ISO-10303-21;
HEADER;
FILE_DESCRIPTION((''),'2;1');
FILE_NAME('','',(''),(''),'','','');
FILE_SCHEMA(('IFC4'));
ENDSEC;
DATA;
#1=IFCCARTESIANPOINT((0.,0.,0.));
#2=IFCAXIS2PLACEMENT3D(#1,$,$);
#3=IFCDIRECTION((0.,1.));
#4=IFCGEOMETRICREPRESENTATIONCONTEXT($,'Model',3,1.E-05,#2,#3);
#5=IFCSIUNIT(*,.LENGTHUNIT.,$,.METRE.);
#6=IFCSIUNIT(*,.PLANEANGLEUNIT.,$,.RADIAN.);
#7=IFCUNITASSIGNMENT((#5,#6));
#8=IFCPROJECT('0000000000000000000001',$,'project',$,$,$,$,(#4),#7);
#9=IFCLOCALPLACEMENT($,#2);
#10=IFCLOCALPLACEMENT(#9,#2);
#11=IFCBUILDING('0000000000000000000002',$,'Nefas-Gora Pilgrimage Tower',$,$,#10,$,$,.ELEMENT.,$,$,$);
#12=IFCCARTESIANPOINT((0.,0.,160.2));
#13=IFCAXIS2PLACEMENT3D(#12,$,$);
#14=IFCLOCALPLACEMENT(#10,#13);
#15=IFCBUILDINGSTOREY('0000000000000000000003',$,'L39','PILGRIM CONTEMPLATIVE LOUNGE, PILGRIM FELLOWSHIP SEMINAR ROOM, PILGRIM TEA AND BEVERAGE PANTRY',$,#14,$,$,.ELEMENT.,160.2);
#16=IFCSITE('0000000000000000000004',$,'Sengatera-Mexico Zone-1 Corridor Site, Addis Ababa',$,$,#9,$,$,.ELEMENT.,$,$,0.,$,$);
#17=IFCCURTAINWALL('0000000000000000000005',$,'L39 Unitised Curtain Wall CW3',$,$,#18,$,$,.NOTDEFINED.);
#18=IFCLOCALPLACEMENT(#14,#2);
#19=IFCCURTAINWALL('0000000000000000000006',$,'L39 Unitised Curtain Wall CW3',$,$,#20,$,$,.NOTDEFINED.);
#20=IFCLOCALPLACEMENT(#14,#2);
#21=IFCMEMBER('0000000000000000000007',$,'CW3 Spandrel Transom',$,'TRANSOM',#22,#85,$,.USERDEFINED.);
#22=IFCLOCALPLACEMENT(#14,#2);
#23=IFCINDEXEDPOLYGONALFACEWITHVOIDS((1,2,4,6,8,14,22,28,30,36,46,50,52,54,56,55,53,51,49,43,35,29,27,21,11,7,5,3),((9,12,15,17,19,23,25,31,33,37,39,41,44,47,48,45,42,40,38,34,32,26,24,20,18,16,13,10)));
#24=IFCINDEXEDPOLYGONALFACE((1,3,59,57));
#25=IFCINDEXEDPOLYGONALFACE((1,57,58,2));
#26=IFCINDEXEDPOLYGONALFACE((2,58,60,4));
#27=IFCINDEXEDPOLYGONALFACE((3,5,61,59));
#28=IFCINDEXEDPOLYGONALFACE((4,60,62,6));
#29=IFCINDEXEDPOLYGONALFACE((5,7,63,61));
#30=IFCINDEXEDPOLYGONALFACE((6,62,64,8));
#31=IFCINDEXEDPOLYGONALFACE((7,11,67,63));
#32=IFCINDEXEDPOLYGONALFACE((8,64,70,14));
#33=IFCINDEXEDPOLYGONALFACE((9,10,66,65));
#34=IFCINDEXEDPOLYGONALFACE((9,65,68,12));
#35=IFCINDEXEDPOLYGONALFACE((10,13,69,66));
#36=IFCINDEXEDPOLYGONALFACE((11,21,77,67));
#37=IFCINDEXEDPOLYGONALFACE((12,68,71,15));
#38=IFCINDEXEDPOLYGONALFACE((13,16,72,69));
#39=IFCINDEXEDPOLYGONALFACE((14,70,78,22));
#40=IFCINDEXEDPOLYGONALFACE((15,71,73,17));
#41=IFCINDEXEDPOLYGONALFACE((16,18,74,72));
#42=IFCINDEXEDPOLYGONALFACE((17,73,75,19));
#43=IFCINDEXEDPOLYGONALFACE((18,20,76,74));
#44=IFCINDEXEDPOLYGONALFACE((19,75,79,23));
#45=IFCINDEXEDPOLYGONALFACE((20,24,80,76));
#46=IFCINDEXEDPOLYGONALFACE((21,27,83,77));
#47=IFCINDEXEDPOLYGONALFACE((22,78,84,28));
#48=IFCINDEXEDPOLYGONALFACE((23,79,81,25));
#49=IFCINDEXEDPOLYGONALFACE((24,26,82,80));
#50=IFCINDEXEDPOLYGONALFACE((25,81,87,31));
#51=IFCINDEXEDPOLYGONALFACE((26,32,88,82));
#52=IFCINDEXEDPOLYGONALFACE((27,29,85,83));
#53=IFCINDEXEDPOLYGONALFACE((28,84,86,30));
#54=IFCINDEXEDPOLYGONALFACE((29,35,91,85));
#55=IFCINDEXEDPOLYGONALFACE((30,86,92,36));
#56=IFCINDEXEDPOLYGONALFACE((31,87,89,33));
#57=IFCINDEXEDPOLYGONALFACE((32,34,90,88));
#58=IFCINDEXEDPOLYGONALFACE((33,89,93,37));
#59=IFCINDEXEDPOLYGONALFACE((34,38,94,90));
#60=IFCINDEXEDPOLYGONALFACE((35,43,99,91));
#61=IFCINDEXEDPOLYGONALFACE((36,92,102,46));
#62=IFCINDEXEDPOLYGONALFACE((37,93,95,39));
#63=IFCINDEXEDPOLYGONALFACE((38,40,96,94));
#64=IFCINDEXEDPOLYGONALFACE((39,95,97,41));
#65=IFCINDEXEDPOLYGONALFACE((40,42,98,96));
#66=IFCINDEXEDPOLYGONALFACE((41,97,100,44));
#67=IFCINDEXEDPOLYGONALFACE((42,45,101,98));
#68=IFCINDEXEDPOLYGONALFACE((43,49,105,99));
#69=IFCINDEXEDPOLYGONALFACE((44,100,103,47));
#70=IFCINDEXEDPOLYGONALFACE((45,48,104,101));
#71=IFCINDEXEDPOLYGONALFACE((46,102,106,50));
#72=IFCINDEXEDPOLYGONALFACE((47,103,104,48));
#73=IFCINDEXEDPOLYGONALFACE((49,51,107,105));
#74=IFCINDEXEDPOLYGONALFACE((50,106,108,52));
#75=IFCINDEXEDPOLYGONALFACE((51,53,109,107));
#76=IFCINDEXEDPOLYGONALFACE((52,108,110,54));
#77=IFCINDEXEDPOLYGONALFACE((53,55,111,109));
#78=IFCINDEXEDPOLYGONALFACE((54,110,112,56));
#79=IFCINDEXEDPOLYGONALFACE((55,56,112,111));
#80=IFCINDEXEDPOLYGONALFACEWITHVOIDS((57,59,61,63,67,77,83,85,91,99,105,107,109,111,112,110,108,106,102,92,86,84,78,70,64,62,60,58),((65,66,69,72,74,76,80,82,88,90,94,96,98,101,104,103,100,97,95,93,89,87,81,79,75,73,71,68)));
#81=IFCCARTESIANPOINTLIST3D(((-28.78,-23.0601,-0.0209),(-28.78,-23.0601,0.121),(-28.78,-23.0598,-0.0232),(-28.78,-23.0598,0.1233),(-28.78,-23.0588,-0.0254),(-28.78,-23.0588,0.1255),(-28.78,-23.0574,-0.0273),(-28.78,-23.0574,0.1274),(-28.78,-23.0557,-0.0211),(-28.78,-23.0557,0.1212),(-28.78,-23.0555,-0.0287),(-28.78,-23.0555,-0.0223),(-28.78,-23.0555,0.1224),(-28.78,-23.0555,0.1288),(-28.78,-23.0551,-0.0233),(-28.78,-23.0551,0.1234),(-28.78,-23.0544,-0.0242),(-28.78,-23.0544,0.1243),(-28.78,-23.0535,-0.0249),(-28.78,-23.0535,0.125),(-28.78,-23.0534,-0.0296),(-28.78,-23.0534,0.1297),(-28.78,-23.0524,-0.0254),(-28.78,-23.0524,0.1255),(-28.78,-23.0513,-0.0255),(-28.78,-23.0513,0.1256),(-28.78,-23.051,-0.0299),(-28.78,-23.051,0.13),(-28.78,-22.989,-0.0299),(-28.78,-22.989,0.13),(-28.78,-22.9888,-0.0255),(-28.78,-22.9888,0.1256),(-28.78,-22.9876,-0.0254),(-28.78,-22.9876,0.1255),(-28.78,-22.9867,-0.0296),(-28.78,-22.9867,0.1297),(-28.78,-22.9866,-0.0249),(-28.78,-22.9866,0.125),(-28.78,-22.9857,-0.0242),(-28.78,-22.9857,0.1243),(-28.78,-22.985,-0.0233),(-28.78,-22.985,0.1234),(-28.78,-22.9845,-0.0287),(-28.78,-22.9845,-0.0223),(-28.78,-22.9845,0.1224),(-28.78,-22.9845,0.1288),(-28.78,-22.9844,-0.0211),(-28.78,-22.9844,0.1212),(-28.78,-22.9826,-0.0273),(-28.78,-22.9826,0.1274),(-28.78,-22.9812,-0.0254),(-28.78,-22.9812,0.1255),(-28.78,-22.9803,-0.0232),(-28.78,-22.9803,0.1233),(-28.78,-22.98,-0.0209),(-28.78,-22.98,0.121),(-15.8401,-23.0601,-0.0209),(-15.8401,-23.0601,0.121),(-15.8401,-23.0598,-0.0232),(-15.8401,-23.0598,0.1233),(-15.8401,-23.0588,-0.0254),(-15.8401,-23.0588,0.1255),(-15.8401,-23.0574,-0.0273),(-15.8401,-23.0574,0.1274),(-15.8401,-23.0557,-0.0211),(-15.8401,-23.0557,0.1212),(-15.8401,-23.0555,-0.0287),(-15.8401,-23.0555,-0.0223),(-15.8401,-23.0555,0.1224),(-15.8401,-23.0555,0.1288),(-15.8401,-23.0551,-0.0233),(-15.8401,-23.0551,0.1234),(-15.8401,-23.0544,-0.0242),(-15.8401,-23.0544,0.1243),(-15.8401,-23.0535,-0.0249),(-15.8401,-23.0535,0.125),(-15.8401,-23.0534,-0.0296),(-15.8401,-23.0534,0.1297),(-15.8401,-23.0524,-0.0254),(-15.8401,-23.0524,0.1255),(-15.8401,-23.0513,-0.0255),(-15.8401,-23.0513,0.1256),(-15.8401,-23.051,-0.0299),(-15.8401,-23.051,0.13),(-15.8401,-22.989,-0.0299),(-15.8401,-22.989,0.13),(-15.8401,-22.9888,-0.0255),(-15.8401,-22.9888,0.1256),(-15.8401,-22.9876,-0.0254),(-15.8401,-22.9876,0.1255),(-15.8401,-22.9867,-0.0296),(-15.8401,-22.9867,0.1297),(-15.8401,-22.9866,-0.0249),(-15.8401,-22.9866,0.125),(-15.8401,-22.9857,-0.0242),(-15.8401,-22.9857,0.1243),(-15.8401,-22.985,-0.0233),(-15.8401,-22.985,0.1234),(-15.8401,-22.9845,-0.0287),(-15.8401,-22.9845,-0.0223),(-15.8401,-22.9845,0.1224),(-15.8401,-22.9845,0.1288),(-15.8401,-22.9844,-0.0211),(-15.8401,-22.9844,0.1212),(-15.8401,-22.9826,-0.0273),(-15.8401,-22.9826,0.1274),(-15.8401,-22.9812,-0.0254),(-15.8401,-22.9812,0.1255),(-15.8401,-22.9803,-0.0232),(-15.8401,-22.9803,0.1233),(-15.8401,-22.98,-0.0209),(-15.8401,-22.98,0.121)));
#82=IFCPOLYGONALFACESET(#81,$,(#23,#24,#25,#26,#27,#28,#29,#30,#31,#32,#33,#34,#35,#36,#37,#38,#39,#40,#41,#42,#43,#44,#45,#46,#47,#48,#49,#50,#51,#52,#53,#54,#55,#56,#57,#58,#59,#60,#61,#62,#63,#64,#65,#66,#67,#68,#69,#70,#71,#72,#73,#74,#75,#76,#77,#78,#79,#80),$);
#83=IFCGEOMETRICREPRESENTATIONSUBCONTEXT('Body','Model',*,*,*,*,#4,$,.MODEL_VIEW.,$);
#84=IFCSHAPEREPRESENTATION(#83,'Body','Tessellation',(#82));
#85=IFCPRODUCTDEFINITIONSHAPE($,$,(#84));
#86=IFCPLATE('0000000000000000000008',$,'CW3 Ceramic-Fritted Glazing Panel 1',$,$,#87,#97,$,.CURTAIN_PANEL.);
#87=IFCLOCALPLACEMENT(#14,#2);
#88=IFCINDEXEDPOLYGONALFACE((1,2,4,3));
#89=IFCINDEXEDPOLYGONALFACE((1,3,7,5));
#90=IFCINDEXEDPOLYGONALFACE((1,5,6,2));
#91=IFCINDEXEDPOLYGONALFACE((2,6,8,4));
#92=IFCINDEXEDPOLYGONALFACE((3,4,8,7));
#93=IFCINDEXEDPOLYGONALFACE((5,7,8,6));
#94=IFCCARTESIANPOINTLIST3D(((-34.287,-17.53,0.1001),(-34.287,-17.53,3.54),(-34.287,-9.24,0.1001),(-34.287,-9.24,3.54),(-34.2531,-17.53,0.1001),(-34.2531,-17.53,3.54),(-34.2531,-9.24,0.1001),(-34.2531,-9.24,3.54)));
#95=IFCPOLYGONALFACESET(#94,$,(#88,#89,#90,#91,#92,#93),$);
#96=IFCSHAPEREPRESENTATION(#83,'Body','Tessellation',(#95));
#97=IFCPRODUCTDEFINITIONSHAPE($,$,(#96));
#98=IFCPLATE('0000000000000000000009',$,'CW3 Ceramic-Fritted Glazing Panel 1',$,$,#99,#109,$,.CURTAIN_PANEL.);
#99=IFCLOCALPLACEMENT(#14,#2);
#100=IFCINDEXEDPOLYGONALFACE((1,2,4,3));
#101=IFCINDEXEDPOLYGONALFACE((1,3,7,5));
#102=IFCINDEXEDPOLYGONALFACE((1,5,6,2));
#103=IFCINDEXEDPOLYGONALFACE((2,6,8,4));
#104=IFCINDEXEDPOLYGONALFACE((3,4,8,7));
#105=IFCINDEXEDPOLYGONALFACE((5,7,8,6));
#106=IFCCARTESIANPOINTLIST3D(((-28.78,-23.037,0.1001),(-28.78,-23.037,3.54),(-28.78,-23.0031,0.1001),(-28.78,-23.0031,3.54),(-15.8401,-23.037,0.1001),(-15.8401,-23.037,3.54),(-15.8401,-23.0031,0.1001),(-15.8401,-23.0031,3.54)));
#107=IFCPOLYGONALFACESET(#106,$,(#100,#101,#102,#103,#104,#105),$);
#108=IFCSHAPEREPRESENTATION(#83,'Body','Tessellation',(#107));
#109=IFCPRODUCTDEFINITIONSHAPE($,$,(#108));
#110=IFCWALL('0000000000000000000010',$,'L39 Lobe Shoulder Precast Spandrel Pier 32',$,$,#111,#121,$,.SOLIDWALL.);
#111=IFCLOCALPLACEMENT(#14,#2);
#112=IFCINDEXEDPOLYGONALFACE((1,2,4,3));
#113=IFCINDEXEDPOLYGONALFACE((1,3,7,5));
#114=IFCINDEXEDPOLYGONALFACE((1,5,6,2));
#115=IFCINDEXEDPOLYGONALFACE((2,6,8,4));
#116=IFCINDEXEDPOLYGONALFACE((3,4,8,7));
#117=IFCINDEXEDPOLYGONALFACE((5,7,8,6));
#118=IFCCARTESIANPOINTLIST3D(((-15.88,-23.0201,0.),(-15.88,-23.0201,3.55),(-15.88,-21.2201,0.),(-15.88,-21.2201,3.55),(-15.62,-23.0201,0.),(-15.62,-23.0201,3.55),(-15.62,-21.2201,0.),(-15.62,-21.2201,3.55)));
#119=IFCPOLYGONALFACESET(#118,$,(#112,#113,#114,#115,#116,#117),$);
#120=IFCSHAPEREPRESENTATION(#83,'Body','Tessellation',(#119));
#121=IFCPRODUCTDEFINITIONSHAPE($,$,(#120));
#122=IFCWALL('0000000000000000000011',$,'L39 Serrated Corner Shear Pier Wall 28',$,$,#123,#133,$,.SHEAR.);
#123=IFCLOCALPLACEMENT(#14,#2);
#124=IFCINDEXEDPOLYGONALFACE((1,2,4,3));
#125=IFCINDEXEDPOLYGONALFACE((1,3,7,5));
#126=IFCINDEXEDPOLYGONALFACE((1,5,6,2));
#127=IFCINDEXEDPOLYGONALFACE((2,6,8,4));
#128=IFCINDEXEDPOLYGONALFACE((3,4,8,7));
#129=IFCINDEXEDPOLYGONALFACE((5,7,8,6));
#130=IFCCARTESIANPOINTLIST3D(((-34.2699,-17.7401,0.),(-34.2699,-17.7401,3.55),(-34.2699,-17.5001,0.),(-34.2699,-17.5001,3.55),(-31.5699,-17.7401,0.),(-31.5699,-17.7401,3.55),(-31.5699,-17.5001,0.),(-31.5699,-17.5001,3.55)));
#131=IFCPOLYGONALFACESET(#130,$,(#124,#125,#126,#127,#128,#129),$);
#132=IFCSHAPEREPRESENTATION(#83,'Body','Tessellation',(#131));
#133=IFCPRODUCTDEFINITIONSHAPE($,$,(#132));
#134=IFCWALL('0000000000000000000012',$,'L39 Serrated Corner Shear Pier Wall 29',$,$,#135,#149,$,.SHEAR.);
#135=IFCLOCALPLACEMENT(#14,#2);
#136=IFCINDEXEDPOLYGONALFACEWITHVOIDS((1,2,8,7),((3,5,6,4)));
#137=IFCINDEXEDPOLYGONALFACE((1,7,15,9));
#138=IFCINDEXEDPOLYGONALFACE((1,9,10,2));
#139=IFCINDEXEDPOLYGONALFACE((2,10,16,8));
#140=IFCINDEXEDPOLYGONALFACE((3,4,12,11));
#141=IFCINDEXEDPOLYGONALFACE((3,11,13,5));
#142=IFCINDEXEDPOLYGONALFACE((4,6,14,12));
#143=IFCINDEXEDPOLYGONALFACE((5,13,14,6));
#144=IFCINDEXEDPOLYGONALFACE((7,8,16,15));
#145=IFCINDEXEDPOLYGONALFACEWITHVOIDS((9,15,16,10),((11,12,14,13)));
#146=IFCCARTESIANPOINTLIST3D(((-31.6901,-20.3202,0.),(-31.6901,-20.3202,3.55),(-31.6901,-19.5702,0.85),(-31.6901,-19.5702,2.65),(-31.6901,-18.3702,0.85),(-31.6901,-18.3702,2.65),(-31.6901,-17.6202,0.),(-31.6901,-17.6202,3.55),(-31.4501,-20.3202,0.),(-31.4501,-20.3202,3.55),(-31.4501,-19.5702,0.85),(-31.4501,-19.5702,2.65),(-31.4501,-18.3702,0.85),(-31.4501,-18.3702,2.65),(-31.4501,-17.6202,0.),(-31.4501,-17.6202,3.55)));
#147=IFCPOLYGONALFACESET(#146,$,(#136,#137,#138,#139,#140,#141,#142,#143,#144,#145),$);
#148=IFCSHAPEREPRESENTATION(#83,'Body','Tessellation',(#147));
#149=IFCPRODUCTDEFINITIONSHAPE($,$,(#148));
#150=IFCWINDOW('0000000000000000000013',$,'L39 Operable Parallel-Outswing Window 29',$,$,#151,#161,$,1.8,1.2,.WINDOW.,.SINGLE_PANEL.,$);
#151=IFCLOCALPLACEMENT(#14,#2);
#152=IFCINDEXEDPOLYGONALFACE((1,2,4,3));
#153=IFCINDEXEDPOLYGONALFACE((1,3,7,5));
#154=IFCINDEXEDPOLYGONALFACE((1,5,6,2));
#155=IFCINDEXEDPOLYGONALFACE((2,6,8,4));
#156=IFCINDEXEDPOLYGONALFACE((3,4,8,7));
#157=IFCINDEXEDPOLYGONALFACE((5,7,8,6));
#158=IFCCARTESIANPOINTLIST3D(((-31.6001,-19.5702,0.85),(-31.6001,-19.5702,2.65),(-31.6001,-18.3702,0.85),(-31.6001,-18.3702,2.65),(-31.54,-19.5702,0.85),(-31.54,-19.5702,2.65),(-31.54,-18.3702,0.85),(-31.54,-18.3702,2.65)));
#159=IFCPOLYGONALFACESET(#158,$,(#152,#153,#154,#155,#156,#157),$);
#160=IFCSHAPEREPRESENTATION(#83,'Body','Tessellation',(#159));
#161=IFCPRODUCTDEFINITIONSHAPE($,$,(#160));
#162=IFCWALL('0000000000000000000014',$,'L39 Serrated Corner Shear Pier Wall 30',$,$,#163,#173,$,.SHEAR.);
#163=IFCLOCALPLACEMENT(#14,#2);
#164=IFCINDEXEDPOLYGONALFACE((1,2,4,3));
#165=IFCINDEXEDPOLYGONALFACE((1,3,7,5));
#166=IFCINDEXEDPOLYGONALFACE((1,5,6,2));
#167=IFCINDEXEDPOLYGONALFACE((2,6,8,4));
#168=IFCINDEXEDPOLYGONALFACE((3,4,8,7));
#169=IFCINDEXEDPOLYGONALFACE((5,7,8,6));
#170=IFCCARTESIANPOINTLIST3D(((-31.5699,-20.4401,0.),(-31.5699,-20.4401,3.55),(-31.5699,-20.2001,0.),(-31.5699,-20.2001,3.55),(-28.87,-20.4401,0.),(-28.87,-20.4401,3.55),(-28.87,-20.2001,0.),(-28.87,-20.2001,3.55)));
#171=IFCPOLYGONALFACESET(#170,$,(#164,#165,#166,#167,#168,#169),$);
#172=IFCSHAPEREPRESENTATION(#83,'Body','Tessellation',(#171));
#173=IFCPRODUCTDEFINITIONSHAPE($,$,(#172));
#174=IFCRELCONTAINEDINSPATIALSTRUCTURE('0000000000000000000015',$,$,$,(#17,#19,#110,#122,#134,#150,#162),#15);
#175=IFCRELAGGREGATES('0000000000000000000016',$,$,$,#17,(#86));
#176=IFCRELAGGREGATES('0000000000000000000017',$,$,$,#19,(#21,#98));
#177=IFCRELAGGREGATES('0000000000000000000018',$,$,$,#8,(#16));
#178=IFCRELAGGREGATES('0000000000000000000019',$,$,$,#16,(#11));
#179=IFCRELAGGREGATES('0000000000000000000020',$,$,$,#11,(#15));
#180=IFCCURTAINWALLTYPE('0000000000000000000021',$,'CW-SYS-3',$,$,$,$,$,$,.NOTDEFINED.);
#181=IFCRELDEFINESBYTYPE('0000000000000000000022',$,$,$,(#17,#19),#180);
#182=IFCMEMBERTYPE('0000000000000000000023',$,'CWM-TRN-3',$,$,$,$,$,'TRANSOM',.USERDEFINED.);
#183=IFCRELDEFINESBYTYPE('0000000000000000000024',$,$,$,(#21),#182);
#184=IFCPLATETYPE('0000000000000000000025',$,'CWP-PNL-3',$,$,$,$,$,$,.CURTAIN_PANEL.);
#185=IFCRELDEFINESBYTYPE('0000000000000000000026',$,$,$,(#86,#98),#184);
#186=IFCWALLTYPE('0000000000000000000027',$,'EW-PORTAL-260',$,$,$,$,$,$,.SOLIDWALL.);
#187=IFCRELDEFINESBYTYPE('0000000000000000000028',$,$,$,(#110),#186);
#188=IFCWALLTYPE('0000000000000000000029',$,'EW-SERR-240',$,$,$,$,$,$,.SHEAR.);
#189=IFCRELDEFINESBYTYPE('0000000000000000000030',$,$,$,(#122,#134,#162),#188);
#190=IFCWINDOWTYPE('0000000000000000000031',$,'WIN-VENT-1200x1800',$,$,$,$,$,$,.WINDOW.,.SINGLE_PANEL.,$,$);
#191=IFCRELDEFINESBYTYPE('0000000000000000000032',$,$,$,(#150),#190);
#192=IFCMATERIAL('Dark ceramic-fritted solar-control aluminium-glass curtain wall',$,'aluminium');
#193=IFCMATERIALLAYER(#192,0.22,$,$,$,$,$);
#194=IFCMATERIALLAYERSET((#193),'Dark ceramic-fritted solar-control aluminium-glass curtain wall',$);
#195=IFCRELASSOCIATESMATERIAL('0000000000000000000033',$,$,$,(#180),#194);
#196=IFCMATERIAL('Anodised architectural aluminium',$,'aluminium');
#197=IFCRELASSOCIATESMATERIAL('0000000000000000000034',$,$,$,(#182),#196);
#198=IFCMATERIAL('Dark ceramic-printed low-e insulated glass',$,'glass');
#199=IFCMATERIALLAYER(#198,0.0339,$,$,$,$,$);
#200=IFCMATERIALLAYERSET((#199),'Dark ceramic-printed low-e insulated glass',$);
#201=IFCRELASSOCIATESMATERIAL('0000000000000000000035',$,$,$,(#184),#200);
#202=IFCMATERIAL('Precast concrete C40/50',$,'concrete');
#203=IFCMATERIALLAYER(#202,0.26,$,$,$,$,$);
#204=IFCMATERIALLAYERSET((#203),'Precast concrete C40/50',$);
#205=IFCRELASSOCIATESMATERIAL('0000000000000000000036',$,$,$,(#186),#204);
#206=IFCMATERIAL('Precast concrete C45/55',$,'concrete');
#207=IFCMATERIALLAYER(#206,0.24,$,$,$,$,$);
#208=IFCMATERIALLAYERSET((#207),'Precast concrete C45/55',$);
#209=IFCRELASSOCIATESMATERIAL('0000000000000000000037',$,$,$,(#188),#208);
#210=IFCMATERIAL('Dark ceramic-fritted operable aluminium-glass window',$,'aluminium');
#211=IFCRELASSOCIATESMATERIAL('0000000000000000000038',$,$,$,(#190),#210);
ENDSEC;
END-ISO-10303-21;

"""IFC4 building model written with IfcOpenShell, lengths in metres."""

from ifc_helpers import new_model, si_unit, direction, frame, frame_2d, origin, origin_2d, place, context, subcontext, project, spatial, rectangle, hollow_rectangle, extrude, source, transform, mapped, material, layer, layer_set, material_profile, profile_set, type_object, element, fill, aggregate, save


model = new_model("IFC4")

# Units and contexts
model_context = context("Model", 3, precision=1e-05, world=origin(), true_north=direction((0.0, 1.0)))
body_context = subcontext(model_context, "Body", "Model", "MODEL_VIEW")
ifc_project = project(units=[si_unit("LENGTHUNIT", "METRE"), si_unit("PLANEANGLEUNIT", "RADIAN")], contexts=[model_context])

# Site, building, storey
site_placement = place(None, origin())
site = spatial("IfcSite", under=ifc_project, at=site_placement, Name="Sengatera-Mexico Zone-1 Corridor Site, Addis Ababa", CompositionType="ELEMENT", RefElevation=0.0)
building_placement = place(site_placement, origin())
building = spatial("IfcBuilding", under=site, at=building_placement, Name="Nefas-Gora Pilgrimage Tower", CompositionType="ELEMENT")
storey_placement = place(building_placement, frame((0.0, 0.0, 160.2)))
storey = spatial("IfcBuildingStorey", under=building, at=storey_placement, Name="L39", Description="PILGRIM CONTEMPLATIVE LOUNGE, PILGRIM FELLOWSHIP SEMINAR ROOM, PILGRIM TEA AND BEVERAGE PANTRY", CompositionType="ELEMENT", Elevation=160.2)

# Shared definitions
ifc_material_1 = material(Name="Dark ceramic-fritted solar-control aluminium-glass curtain wall", Category="aluminium")
ifc_material_2 = material(Name="Anodised architectural aluminium", Category="aluminium")

# Curtain wall
ifc_layer_1 = layer(ifc_material_1, 0.22)
ifc_layer_set_1 = layer_set([ifc_layer_1], Name="Dark ceramic-fritted solar-control aluminium-glass curtain wall")
curtain_wall_type_1 = type_object("IfcCurtainWallType", Name="CW-SYS-3", PredefinedType="NOTDEFINED", material=ifc_layer_set_1)
curtain_wall_1_placement = place(storey_placement, origin())
curtain_wall_1 = element("IfcCurtainWall", 1, at=curtain_wall_1_placement, inside=storey, type_object=curtain_wall_type_1, Name="L39 Unitised Curtain Wall CW3", PredefinedType="NOTDEFINED")

# Curtain wall
curtain_wall_2_placement = place(storey_placement, origin())
curtain_wall_2 = element("IfcCurtainWall", 2, at=curtain_wall_2_placement, inside=storey, type_object=curtain_wall_type_1, Name="L39 Unitised Curtain Wall CW3", PredefinedType="NOTDEFINED")

# Member
ifc_material_profile_1 = material_profile(ifc_material_2, hollow_rectangle(XDim=0.0801, YDim=0.1599, WallThickness=0.0044, InnerFilletRadius=0.0044, OuterFilletRadius=0.009, at=origin_2d()), Name="ALU TRANSOM 80x160")
ifc_profile_set_1 = profile_set([ifc_material_profile_1], Name="Anodised architectural aluminium")
member_type_1 = type_object("IfcMemberType", Name="CWM-TRN-3", ElementType="TRANSOM", PredefinedType="USERDEFINED", material=ifc_profile_set_1)
shared_shape_1 = source(origin(), body_context, "Body", "SweptSolid", [
    extrude(hollow_rectangle(XDim=0.0801, YDim=0.1599, WallThickness=0.0044, InnerFilletRadius=0.0044, OuterFilletRadius=0.009, at=origin_2d()), origin(), (0.0, 0.0, 1.0), 12.9399),
])
member_1_placement = place(storey_placement, frame((-28.78, -23.02, 0.05), z_axis=(1.0, 0.0, 0.0), x_axis=(0.0, 1.0, 0.0)))
member_1 = element("IfcMember", 3, at=member_1_placement, type_object=member_type_1, Name="CW3 Spandrel Transom", ObjectType="TRANSOM", PredefinedType="USERDEFINED", context=body_context, shape_type="MappedRepresentation", body=[
    mapped(shared_shape_1, transform((0.0, 0.0, 0.0), x_axis=(1.0, 0.0, 0.0), y_axis=(0.0, 1.0, 0.0), z_axis=(0.0, 0.0, 1.0), scale=1.0)),
])

# Plates
ifc_material_3 = material(Name="Dark ceramic-printed low-e insulated glass", Category="glass")
ifc_layer_2 = layer(ifc_material_3, 0.0339)
ifc_layer_set_2 = layer_set([ifc_layer_2], Name="Dark ceramic-printed low-e insulated glass")
plate_type = type_object("IfcPlateType", Name="CWP-PNL-3", PredefinedType="CURTAIN_PANEL", material=ifc_layer_set_2)
shared_shape_2 = source(origin(), body_context, "Body", "SweptSolid", [
    extrude(rectangle(XDim=8.29, YDim=0.0339, at=origin_2d()), origin(), (0.0, 0.0, 1.0), 3.4399),
])
plate_1_placement = place(storey_placement, frame((-34.27, -13.385, 0.1001), z_axis=(0.0, 0.0, 1.0), x_axis=(0.0, -1.0, 0.0)))
plate_1 = element("IfcPlate", 4, at=plate_1_placement, type_object=plate_type, Name="CW3 Ceramic-Fritted Glazing Panel 1", PredefinedType="CURTAIN_PANEL", context=body_context, shape_type="MappedRepresentation", body=[
    mapped(shared_shape_2, transform((0.0, 0.0, 0.0), x_axis=(1.0, 0.0, 0.0), y_axis=(0.0, 1.0, 0.0), z_axis=(0.0, 0.0, 1.0), scale=1.0)),
])
aggregate(curtain_wall_1, [plate_1])
shared_shape_3 = source(origin(), body_context, "Body", "SweptSolid", [
    extrude(rectangle(XDim=12.9399, YDim=0.0339, at=origin_2d()), origin(), (0.0, 0.0, 1.0), 3.4399),
])
plate_2_placement = place(storey_placement, frame((-22.3101, -23.02, 0.1001), z_axis=(0.0, 0.0, 1.0), x_axis=(1.0, 0.0, 0.0)))
plate_2 = element("IfcPlate", 5, at=plate_2_placement, type_object=plate_type, Name="CW3 Ceramic-Fritted Glazing Panel 1", PredefinedType="CURTAIN_PANEL", context=body_context, shape_type="MappedRepresentation", body=[
    mapped(shared_shape_3, transform((0.0, 0.0, 0.0), x_axis=(1.0, 0.0, 0.0), y_axis=(0.0, 1.0, 0.0), z_axis=(0.0, 0.0, 1.0), scale=1.0)),
])
aggregate(curtain_wall_2, [member_1, plate_2])

# Walls
ifc_material_4 = material(Name="Precast concrete C40/50", Category="concrete")
ifc_layer_3 = layer(ifc_material_4, 0.26)
ifc_layer_set_3 = layer_set([ifc_layer_3], Name="Precast concrete C40/50")
wall_type_1 = type_object("IfcWallType", Name="EW-PORTAL-260", PredefinedType="SOLIDWALL", material=ifc_layer_set_3)
shared_shape_4 = source(origin(), body_context, "Body", "SweptSolid", [
    extrude(rectangle(XDim=1.8, YDim=0.26, at=frame_2d((0.8999, 0.0))), origin(), (0.0, 0.0, 1.0), 3.55),
])
wall_1_placement = place(storey_placement, frame((-15.75, -23.02, 0.0), z_axis=(0.0, 0.0, 1.0), x_axis=(0.0, 1.0, 0.0)))
element("IfcWall", 6, at=wall_1_placement, inside=storey, type_object=wall_type_1, Name="L39 Lobe Shoulder Precast Spandrel Pier 32", PredefinedType="SOLIDWALL", context=body_context, shape_type="MappedRepresentation", body=[
    mapped(shared_shape_4, transform((0.0, 0.0, 0.0), x_axis=(1.0, 0.0, 0.0), y_axis=(0.0, 1.0, 0.0), z_axis=(0.0, 0.0, 1.0), scale=1.0)),
])
ifc_material_5 = material(Name="Precast concrete C45/55", Category="concrete")
ifc_layer_4 = layer(ifc_material_5, 0.24)
ifc_layer_set_4 = layer_set([ifc_layer_4], Name="Precast concrete C45/55")
wall_type_2 = type_object("IfcWallType", Name="EW-SERR-240", PredefinedType="SHEAR", material=ifc_layer_set_4)
shared_shape_5 = source(origin(), body_context, "Body", "SweptSolid", [
    extrude(rectangle(XDim=2.7, YDim=0.24, at=frame_2d((1.3501, 0.0))), origin(), (0.0, 0.0, 1.0), 3.55),
])
wall_2_placement = place(storey_placement, frame((-34.27, -17.6201, 0.0), z_axis=(0.0, 0.0, 1.0), x_axis=(1.0, 0.0, 0.0)))
element("IfcWall", 7, at=wall_2_placement, inside=storey, type_object=wall_type_2, Name="L39 Serrated Corner Shear Pier Wall 28", PredefinedType="SHEAR", context=body_context, shape_type="MappedRepresentation", body=[
    mapped(shared_shape_5, transform((0.0, 0.0, 0.0), x_axis=(1.0, 0.0, 0.0), y_axis=(0.0, 1.0, 0.0), z_axis=(0.0, 0.0, 1.0), scale=1.0)),
])

# Wall, opening, window
wall_3_placement = place(storey_placement, frame((-31.5701, -17.6201, 0.0), z_axis=(0.0, 0.0, 1.0), x_axis=(0.0, -1.0, 0.0)))
wall_3 = element("IfcWall", 8, at=wall_3_placement, inside=storey, type_object=wall_type_2, Name="L39 Serrated Corner Shear Pier Wall 29", PredefinedType="SHEAR", context=body_context, shape_type="MappedRepresentation", body=[
    mapped(shared_shape_5, transform((0.0, 0.0, 0.0), x_axis=(1.0, 0.0, 0.0), y_axis=(0.0, 1.0, 0.0), z_axis=(0.0, 0.0, 1.0), scale=1.0)),
])
opening_1_placement = place(wall_3_placement, frame((0.75, 0.0, 0.8501)))
opening_1 = element("IfcOpeningElement", 9, at=opening_1_placement, cuts=wall_3, PredefinedType="OPENING", context=body_context, shape_type="SweptSolid", body=[
    extrude(rectangle(XDim=1.2, YDim=1.8, at=frame_2d((0.6001, 0.8999))), frame((0.0, 0.1299, 0.0), z_axis=(0.0, -1.0, 0.0), x_axis=(1.0, 0.0, 0.0)), (0.0, 0.0, 1.0), 0.26),
])
ifc_material_6 = material(Name="Dark ceramic-fritted operable aluminium-glass window", Category="aluminium")
window_type = type_object("IfcWindowType", Name="WIN-VENT-1200x1800", PartitioningType="SINGLE_PANEL", PredefinedType="WINDOW", material=ifc_material_6)
shared_shape_6 = source(origin(), body_context, "Body", "SweptSolid", [
    extrude(rectangle(XDim=1.2, YDim=1.8, at=frame_2d((0.6001, 0.8999))), frame((0.0, 0.03, 0.0), z_axis=(0.0, -1.0, 0.0), x_axis=(1.0, 0.0, 0.0)), (0.0, 0.0, 1.0), 0.0601),
])
window_placement = place(opening_1_placement, origin())
window = element("IfcWindow", 10, at=window_placement, inside=storey, type_object=window_type, Name="L39 Operable Parallel-Outswing Window 29", OverallHeight=1.8, OverallWidth=1.2, PartitioningType="SINGLE_PANEL", PredefinedType="WINDOW", context=body_context, shape_type="MappedRepresentation", body=[
    mapped(shared_shape_6, transform((0.0, 0.0, 0.0), x_axis=(1.0, 0.0, 0.0), y_axis=(0.0, 1.0, 0.0), z_axis=(0.0, 0.0, 1.0), scale=1.0)),
])
fill(opening_1, window)

# Wall
for number, where, z_axis, x_axis, name in (
    (11, (-31.5701, -20.3201, 0.0), (0.0, 0.0, 1.0), (1.0, 0.0, 0.0), "L39 Serrated Corner Shear Pier Wall 30"),
):
    element("IfcWall", number, at=place(storey_placement, frame(where, z_axis=z_axis, x_axis=x_axis)), inside=storey, type_object=wall_type_2, Name=name, PredefinedType="SHEAR", context=body_context, shape_type="MappedRepresentation", body=[
        mapped(shared_shape_5, transform((0.0, 0.0, 0.0), x_axis=(1.0, 0.0, 0.0), y_axis=(0.0, 1.0, 0.0), z_axis=(0.0, 0.0, 1.0), scale=1.0)),
    ])

save(model, "model.ifc")
